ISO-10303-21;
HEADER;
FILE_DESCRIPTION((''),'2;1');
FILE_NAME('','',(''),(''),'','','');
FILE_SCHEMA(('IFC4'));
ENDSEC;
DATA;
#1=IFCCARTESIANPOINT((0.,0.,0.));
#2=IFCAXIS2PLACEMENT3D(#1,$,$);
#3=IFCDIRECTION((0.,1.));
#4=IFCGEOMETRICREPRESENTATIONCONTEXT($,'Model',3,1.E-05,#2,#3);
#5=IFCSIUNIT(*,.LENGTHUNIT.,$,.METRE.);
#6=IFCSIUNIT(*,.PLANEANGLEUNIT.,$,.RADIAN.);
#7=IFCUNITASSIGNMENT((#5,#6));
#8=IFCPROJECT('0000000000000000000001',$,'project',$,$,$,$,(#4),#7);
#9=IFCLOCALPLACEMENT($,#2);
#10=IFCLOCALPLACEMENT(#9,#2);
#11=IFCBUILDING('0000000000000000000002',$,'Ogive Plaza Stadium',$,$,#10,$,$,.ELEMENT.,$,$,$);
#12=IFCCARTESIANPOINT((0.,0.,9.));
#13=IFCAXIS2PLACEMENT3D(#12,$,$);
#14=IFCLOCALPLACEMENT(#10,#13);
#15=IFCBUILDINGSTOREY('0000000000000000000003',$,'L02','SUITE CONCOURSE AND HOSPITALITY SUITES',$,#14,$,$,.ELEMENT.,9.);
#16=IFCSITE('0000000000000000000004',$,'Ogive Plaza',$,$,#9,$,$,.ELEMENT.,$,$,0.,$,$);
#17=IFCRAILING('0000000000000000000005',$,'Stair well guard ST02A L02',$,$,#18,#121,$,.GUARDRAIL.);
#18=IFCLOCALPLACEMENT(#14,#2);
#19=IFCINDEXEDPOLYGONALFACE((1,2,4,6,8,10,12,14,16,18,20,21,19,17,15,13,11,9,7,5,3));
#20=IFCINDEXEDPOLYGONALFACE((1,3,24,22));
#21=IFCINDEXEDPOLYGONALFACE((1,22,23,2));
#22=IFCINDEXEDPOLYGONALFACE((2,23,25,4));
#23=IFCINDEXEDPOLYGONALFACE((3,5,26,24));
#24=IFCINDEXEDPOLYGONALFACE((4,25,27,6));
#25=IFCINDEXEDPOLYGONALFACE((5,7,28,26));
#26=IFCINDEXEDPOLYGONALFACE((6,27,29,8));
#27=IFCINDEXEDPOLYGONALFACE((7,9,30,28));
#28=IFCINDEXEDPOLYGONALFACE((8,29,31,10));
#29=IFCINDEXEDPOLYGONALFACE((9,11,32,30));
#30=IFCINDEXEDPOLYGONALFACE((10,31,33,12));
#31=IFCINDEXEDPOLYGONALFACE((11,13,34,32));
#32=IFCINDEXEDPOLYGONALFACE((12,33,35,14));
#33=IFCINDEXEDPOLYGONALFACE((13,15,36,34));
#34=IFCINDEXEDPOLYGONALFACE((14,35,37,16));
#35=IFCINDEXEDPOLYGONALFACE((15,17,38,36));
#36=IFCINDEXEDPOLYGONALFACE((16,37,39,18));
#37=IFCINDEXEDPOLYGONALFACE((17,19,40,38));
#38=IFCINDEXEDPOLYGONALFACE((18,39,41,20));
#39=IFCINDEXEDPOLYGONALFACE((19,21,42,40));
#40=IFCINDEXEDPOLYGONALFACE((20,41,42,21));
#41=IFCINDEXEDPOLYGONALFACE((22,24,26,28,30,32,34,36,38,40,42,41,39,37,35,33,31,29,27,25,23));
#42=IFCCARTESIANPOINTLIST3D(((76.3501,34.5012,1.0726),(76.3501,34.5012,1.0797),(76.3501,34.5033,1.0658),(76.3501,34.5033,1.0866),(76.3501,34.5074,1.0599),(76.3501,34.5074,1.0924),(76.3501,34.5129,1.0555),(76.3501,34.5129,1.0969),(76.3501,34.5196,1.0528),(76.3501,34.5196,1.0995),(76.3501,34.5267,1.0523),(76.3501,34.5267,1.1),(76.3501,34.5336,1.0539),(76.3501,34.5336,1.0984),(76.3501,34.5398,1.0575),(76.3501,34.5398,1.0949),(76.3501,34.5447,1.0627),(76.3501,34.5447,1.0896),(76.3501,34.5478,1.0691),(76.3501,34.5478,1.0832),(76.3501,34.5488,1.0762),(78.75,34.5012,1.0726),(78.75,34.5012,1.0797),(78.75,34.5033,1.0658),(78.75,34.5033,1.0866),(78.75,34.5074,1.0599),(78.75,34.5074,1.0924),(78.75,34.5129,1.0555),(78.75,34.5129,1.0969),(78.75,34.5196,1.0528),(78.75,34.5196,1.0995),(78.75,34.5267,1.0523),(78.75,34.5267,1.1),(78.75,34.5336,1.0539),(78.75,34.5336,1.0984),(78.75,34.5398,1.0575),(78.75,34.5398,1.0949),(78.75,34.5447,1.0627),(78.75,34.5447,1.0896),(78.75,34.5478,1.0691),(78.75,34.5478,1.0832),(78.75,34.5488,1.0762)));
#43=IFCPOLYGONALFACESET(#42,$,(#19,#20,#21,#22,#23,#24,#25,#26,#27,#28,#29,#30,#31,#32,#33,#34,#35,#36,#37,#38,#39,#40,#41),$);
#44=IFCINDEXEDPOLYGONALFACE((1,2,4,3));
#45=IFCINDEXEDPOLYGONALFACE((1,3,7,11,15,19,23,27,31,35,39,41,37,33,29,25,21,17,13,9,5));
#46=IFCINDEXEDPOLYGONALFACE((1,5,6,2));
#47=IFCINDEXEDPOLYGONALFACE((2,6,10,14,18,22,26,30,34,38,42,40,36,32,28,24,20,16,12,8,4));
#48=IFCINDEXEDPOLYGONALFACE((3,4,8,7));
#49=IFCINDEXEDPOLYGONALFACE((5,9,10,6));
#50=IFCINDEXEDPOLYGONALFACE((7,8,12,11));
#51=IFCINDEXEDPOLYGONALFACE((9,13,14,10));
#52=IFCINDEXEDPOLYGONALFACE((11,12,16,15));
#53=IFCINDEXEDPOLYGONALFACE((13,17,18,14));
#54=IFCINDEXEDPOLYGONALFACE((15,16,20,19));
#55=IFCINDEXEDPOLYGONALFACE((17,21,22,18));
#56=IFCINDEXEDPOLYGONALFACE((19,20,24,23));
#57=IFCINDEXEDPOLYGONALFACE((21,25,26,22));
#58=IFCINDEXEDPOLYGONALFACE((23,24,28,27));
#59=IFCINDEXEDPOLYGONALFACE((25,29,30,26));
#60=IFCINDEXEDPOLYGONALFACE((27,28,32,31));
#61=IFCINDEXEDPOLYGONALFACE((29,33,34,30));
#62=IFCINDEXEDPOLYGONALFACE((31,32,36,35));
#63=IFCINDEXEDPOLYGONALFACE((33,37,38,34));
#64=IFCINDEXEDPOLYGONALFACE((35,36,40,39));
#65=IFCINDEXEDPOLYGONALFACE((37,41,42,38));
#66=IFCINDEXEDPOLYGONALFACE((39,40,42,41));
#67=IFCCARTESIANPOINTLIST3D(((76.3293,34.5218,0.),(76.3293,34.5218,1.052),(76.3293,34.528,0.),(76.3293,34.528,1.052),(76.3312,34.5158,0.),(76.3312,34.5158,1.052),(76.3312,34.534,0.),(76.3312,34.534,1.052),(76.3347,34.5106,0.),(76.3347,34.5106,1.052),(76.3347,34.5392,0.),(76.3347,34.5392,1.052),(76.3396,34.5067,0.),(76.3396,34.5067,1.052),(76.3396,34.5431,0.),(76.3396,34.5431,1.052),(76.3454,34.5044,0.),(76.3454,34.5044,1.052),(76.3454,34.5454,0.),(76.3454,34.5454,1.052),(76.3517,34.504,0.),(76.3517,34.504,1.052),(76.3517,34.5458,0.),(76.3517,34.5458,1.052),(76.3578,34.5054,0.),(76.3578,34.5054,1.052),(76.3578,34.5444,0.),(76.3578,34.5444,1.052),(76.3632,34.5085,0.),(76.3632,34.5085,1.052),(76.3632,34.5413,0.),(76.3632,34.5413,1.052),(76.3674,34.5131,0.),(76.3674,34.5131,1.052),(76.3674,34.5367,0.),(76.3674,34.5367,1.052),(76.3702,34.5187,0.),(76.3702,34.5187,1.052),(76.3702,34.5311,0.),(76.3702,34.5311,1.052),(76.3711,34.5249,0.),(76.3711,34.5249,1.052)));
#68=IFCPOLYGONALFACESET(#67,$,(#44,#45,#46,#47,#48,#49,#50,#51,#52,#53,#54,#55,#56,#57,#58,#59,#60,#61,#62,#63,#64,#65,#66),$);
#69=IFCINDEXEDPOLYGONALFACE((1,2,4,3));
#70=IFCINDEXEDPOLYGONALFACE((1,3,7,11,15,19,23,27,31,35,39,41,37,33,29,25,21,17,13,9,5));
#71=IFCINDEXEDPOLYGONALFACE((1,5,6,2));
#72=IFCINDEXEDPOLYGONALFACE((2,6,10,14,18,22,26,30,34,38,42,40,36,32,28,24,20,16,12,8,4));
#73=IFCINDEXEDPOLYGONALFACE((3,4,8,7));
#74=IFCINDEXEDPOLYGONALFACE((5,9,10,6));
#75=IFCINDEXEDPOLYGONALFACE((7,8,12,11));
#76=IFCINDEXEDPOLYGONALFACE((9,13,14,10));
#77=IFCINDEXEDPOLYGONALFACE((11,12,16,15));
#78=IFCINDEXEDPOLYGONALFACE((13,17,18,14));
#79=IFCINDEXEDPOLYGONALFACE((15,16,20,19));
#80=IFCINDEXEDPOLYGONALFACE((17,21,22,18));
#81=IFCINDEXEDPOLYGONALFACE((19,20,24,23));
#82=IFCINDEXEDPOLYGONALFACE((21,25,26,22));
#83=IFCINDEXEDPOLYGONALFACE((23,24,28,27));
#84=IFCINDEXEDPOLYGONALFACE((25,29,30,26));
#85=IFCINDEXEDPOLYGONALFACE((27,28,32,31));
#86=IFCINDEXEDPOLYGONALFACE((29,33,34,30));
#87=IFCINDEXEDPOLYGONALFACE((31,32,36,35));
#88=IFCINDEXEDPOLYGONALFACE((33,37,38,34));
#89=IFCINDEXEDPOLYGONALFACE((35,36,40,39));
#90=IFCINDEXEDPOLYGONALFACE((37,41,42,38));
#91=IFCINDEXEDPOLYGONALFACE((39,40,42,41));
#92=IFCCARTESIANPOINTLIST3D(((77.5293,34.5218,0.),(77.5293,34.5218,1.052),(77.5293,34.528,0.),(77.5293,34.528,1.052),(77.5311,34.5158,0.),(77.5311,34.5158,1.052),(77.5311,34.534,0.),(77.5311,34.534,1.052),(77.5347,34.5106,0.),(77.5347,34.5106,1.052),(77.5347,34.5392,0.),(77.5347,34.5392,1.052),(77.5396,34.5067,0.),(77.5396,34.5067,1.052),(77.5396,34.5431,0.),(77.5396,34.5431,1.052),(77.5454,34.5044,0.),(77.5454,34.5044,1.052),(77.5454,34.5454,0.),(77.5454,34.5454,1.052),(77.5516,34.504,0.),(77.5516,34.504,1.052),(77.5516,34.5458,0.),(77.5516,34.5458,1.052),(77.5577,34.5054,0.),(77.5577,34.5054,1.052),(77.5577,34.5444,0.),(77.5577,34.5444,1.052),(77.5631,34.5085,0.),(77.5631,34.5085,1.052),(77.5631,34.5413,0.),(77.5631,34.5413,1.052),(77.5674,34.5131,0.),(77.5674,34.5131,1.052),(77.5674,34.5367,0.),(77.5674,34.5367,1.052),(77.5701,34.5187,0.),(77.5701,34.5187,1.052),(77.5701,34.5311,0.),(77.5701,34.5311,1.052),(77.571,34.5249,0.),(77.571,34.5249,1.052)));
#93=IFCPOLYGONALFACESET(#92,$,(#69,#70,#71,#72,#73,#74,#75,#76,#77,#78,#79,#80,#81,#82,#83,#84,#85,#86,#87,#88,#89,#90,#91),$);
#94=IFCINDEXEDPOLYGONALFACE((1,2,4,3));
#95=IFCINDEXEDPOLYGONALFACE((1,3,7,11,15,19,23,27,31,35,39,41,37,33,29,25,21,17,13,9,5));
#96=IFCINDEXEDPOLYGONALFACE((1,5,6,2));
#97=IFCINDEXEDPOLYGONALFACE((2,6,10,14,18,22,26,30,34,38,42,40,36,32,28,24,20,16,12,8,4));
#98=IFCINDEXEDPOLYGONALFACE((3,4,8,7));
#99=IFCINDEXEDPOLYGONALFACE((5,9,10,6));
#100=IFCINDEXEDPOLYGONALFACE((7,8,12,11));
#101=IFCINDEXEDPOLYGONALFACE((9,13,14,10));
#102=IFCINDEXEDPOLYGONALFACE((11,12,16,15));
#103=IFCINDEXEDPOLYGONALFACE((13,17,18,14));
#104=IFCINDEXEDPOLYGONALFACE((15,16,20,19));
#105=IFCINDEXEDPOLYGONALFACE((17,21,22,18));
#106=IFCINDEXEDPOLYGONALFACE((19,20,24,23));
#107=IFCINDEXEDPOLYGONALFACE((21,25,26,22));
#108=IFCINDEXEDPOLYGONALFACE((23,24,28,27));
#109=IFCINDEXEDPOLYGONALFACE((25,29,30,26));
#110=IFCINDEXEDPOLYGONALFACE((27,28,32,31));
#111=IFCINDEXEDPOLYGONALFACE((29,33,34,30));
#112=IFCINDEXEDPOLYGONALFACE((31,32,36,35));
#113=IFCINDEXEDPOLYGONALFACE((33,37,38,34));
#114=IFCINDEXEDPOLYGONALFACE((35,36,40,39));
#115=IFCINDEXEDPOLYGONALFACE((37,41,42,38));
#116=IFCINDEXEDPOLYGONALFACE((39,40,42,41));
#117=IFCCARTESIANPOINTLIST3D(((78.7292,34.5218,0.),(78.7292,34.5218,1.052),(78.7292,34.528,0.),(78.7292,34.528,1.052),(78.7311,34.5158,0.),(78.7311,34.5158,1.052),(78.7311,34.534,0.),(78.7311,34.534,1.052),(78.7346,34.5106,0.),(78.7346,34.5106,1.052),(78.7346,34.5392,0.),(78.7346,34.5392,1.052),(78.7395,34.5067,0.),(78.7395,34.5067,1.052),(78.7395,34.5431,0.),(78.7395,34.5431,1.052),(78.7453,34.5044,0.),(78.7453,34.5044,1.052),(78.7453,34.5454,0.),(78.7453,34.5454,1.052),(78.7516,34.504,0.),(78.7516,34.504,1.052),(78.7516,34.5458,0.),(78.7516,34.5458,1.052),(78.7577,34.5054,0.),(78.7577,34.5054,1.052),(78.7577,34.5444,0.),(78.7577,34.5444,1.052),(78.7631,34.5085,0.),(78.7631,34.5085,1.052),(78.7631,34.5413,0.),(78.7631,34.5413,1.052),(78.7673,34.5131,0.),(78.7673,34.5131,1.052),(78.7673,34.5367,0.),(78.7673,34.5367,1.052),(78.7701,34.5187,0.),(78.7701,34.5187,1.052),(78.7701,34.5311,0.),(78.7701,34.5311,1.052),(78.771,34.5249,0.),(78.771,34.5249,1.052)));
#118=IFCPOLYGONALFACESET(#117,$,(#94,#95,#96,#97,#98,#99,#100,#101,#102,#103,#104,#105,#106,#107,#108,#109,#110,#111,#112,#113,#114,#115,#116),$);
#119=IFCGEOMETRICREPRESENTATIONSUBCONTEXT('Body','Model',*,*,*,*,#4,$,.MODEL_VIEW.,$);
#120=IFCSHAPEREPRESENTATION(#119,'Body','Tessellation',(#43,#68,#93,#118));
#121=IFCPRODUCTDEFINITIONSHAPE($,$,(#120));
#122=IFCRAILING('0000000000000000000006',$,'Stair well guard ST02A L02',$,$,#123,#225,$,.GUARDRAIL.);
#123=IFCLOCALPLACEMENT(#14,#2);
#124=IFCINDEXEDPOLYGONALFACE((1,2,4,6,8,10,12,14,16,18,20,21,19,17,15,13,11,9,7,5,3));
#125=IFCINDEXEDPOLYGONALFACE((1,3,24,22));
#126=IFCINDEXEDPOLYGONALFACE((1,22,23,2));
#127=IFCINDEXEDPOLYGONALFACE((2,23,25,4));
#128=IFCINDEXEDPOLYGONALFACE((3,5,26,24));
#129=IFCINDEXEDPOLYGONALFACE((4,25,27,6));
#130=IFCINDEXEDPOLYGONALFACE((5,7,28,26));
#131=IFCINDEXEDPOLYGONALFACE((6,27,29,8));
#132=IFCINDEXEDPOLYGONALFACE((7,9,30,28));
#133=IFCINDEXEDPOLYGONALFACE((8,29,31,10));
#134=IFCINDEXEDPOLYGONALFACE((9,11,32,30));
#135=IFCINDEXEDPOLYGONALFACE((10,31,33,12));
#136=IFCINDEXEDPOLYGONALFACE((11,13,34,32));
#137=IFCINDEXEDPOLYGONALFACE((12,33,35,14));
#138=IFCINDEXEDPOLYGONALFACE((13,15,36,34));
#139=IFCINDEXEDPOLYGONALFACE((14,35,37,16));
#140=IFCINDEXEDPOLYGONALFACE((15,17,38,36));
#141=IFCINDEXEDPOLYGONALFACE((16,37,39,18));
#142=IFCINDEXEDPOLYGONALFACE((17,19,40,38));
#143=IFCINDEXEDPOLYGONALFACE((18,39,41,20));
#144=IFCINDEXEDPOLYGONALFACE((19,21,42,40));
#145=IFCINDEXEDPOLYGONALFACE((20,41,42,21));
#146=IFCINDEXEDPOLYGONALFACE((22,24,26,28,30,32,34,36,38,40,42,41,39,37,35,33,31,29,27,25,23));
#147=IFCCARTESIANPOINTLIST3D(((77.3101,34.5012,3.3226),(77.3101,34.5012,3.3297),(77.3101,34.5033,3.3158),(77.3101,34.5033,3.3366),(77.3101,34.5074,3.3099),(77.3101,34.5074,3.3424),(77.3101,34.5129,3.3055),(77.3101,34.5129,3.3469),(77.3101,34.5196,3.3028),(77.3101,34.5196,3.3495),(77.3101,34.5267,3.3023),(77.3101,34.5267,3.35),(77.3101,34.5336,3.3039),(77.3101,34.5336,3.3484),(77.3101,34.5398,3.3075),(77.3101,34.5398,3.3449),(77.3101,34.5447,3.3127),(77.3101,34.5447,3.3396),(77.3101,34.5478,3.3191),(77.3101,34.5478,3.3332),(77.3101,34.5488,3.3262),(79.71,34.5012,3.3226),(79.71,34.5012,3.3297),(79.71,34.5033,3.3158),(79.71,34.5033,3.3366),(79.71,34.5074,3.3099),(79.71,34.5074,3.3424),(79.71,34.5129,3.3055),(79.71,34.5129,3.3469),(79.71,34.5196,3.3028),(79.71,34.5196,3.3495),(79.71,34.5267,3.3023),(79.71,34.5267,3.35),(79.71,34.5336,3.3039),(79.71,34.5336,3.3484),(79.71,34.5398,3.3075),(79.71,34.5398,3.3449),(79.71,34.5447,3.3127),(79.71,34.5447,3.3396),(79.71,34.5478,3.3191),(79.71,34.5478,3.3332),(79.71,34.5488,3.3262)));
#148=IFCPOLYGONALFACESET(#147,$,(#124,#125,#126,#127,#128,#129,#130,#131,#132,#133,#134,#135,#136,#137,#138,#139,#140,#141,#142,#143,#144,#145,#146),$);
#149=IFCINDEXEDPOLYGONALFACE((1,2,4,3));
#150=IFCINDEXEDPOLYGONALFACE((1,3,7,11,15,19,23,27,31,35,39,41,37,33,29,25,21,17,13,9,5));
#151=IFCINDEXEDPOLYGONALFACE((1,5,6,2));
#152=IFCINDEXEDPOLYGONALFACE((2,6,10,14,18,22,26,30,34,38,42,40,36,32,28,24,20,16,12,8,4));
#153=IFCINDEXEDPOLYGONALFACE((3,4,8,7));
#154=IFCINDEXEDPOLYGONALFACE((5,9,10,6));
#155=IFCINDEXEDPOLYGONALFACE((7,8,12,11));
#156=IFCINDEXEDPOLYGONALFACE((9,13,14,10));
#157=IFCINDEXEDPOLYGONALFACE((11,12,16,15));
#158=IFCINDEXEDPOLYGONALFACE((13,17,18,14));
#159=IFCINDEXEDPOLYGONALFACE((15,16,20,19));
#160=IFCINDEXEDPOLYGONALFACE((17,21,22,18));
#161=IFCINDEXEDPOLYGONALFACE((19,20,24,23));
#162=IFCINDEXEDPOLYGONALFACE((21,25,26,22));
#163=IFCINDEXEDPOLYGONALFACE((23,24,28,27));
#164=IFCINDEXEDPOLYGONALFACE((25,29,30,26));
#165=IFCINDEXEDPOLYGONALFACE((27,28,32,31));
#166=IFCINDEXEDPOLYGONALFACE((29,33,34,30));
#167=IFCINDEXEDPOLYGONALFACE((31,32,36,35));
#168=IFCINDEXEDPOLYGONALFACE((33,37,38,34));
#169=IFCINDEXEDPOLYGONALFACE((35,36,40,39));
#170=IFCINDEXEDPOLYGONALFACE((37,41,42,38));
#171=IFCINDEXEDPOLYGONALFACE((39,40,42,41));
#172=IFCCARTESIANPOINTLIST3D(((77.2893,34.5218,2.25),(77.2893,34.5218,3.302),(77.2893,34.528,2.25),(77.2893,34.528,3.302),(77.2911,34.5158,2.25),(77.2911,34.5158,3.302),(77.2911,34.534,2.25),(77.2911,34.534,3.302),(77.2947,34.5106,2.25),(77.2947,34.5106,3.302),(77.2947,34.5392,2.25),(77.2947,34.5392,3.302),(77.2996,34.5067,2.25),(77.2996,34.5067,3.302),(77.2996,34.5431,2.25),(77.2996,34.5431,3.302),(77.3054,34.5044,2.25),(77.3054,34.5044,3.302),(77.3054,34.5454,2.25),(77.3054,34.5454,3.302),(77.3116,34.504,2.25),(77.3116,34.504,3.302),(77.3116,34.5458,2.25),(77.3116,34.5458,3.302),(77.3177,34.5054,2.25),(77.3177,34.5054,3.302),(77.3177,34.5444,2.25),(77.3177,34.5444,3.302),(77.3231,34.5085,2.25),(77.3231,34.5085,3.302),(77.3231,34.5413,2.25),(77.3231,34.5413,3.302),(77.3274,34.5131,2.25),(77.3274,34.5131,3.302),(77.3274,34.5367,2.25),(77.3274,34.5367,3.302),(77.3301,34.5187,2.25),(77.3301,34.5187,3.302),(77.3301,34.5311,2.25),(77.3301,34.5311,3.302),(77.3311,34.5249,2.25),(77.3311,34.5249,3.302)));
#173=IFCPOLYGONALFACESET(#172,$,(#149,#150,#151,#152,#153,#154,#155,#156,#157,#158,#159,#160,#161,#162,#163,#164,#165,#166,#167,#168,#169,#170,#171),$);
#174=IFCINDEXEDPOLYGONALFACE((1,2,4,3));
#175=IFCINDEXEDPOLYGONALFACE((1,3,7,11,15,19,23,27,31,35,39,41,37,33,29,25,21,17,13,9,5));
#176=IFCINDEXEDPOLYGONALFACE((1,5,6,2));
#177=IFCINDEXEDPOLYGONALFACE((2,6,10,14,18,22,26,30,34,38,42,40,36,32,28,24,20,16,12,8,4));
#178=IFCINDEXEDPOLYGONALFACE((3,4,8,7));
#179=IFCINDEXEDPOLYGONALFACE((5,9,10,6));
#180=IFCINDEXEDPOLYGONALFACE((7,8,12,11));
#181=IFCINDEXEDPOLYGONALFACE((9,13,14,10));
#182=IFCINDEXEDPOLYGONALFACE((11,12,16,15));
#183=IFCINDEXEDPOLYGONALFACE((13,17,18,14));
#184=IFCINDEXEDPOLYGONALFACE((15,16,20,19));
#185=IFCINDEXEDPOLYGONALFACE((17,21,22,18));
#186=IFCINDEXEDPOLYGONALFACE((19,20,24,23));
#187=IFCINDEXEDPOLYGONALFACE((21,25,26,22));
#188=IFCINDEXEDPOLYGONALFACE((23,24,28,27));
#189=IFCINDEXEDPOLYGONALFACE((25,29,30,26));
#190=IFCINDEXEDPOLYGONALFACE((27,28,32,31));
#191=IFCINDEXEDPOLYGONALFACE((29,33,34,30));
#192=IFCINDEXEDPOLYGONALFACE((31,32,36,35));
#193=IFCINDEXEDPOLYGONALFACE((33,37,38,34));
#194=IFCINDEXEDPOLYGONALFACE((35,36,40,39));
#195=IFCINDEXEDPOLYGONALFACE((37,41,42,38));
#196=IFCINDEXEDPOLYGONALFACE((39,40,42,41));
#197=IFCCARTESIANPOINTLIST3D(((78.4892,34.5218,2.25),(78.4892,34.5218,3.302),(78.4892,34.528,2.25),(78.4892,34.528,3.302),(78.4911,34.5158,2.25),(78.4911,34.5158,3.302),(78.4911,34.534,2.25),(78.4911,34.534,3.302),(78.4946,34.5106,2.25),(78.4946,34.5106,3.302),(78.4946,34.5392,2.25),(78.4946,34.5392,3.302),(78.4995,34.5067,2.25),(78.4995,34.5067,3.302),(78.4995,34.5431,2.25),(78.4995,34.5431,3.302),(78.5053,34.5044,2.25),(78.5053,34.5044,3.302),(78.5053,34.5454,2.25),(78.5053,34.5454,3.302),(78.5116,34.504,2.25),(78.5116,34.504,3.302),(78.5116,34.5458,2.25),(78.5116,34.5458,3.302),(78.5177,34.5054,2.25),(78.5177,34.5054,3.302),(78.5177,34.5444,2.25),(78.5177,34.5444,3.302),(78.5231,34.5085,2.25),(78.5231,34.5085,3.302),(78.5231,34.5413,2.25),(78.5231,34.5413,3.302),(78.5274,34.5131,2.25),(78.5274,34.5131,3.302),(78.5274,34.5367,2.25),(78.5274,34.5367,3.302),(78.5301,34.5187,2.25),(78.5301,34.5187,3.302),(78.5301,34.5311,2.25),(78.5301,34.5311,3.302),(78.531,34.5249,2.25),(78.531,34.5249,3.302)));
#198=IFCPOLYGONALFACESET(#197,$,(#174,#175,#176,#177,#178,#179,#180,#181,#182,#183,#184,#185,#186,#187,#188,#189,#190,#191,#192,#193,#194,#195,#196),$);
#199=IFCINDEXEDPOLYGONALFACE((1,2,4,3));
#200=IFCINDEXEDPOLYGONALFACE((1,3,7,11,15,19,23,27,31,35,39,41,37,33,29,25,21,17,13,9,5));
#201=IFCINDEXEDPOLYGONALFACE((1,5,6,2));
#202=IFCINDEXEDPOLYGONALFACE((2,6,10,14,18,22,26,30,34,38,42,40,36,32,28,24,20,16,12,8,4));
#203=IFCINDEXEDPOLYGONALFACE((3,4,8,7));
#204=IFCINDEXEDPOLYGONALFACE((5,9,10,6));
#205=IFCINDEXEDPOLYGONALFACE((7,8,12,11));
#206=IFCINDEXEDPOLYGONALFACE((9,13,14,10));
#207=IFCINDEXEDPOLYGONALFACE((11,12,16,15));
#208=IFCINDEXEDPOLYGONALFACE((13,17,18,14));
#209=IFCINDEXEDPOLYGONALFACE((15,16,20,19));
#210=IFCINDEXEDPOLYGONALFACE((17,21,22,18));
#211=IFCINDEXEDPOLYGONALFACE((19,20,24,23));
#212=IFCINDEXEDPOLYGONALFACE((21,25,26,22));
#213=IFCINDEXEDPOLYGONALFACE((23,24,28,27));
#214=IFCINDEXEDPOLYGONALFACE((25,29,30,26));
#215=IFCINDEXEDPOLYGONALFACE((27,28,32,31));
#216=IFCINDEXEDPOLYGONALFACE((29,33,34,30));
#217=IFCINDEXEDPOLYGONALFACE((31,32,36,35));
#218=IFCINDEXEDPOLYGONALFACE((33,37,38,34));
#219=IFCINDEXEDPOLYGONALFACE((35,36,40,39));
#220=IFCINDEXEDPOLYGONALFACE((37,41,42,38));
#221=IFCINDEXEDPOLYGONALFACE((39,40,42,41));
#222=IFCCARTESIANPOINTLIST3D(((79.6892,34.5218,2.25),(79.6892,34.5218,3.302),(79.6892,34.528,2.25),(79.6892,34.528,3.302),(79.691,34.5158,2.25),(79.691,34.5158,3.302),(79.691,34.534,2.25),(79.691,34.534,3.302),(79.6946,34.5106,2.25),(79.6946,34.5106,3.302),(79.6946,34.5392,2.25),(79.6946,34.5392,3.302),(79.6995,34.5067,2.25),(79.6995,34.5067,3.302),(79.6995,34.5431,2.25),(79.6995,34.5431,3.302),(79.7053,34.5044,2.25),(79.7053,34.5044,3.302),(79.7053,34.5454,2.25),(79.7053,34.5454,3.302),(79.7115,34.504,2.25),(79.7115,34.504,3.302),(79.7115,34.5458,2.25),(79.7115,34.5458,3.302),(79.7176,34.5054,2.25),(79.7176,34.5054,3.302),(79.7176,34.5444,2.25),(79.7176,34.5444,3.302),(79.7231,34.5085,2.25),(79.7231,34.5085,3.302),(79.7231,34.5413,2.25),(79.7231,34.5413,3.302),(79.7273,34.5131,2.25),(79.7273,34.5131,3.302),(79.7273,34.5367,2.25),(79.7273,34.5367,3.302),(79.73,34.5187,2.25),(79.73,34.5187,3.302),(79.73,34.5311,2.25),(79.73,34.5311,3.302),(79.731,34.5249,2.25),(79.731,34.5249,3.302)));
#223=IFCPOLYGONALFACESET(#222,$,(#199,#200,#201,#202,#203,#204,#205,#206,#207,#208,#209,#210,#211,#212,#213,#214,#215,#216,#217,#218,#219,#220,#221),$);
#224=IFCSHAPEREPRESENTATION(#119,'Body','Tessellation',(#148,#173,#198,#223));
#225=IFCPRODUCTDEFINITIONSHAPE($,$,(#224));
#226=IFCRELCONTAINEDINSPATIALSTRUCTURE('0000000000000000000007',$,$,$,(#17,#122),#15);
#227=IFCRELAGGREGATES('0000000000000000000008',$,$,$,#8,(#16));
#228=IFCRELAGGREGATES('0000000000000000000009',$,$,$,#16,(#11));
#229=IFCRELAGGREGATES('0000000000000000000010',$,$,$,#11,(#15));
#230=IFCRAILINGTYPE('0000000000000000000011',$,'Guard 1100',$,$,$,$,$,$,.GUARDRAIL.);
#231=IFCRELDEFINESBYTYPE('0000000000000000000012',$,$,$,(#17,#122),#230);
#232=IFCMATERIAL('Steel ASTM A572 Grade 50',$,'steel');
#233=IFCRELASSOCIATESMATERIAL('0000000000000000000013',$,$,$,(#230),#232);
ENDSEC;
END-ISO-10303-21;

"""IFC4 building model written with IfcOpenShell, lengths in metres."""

from ifc_helpers import new_model, si_unit, direction, frame, origin, origin_2d, place, context, subcontext, project, spatial, circle, extrude, material, type_object, element, save


model = new_model("IFC4")

# Units and contexts
model_context = context("Model", 3, precision=1e-05, world=origin(), true_north=direction((0.0, 1.0)))
body_context = subcontext(model_context, "Body", "Model", "MODEL_VIEW")
ifc_project = project(units=[si_unit("LENGTHUNIT", "METRE"), si_unit("PLANEANGLEUNIT", "RADIAN")], contexts=[model_context])

# Site, building, storey
site_placement = place(None, origin())
site = spatial("IfcSite", under=ifc_project, at=site_placement, Name="Ogive Plaza", CompositionType="ELEMENT", RefElevation=0.0)
building_placement = place(site_placement, origin())
building = spatial("IfcBuilding", under=site, at=building_placement, Name="Ogive Plaza Stadium", CompositionType="ELEMENT")
storey_placement = place(building_placement, frame((0.0, 0.0, 9.0)))
storey = spatial("IfcBuildingStorey", under=building, at=storey_placement, Name="L02", Description="SUITE CONCOURSE AND HOSPITALITY SUITES", CompositionType="ELEMENT", Elevation=9.0)

# Railings
ifc_material_1 = material(Name="Steel ASTM A572 Grade 50", Category="steel")
railing_type_1 = type_object("IfcRailingType", Name="Guard 1100", PredefinedType="GUARDRAIL", material=ifc_material_1)
for number, where, name in (
    (1, (76.3501, 34.5249, 0.0), "Stair well guard ST02A L02"),
    (2, (77.3101, 34.5249, 2.25), "Stair well guard ST02A L02"),
):
    element("IfcRailing", number, at=place(storey_placement, frame(where)), inside=storey, type_object=railing_type_1, Name=name, PredefinedType="GUARDRAIL", context=body_context, shape_type="SweptSolid", body=[
        extrude(circle(Radius=0.0239, at=origin_2d()), frame((0.0, 0.0, 1.0762), z_axis=(1.0, 0.0, 0.0), x_axis=(0.0, 1.0, 0.0)), (0.0, 0.0, 1.0), 2.3999),
        extrude(circle(Radius=0.021, at=origin_2d()), origin(), (0.0, 0.0, 1.0), 1.052),
        extrude(circle(Radius=0.021, at=origin_2d()), frame((1.2, 0.0, 0.0)), (0.0, 0.0, 1.0), 1.052),
        extrude(circle(Radius=0.021, at=origin_2d()), frame((2.3999, 0.0, 0.0)), (0.0, 0.0, 1.0), 1.052),
    ])

save(model, "model.ifc")
